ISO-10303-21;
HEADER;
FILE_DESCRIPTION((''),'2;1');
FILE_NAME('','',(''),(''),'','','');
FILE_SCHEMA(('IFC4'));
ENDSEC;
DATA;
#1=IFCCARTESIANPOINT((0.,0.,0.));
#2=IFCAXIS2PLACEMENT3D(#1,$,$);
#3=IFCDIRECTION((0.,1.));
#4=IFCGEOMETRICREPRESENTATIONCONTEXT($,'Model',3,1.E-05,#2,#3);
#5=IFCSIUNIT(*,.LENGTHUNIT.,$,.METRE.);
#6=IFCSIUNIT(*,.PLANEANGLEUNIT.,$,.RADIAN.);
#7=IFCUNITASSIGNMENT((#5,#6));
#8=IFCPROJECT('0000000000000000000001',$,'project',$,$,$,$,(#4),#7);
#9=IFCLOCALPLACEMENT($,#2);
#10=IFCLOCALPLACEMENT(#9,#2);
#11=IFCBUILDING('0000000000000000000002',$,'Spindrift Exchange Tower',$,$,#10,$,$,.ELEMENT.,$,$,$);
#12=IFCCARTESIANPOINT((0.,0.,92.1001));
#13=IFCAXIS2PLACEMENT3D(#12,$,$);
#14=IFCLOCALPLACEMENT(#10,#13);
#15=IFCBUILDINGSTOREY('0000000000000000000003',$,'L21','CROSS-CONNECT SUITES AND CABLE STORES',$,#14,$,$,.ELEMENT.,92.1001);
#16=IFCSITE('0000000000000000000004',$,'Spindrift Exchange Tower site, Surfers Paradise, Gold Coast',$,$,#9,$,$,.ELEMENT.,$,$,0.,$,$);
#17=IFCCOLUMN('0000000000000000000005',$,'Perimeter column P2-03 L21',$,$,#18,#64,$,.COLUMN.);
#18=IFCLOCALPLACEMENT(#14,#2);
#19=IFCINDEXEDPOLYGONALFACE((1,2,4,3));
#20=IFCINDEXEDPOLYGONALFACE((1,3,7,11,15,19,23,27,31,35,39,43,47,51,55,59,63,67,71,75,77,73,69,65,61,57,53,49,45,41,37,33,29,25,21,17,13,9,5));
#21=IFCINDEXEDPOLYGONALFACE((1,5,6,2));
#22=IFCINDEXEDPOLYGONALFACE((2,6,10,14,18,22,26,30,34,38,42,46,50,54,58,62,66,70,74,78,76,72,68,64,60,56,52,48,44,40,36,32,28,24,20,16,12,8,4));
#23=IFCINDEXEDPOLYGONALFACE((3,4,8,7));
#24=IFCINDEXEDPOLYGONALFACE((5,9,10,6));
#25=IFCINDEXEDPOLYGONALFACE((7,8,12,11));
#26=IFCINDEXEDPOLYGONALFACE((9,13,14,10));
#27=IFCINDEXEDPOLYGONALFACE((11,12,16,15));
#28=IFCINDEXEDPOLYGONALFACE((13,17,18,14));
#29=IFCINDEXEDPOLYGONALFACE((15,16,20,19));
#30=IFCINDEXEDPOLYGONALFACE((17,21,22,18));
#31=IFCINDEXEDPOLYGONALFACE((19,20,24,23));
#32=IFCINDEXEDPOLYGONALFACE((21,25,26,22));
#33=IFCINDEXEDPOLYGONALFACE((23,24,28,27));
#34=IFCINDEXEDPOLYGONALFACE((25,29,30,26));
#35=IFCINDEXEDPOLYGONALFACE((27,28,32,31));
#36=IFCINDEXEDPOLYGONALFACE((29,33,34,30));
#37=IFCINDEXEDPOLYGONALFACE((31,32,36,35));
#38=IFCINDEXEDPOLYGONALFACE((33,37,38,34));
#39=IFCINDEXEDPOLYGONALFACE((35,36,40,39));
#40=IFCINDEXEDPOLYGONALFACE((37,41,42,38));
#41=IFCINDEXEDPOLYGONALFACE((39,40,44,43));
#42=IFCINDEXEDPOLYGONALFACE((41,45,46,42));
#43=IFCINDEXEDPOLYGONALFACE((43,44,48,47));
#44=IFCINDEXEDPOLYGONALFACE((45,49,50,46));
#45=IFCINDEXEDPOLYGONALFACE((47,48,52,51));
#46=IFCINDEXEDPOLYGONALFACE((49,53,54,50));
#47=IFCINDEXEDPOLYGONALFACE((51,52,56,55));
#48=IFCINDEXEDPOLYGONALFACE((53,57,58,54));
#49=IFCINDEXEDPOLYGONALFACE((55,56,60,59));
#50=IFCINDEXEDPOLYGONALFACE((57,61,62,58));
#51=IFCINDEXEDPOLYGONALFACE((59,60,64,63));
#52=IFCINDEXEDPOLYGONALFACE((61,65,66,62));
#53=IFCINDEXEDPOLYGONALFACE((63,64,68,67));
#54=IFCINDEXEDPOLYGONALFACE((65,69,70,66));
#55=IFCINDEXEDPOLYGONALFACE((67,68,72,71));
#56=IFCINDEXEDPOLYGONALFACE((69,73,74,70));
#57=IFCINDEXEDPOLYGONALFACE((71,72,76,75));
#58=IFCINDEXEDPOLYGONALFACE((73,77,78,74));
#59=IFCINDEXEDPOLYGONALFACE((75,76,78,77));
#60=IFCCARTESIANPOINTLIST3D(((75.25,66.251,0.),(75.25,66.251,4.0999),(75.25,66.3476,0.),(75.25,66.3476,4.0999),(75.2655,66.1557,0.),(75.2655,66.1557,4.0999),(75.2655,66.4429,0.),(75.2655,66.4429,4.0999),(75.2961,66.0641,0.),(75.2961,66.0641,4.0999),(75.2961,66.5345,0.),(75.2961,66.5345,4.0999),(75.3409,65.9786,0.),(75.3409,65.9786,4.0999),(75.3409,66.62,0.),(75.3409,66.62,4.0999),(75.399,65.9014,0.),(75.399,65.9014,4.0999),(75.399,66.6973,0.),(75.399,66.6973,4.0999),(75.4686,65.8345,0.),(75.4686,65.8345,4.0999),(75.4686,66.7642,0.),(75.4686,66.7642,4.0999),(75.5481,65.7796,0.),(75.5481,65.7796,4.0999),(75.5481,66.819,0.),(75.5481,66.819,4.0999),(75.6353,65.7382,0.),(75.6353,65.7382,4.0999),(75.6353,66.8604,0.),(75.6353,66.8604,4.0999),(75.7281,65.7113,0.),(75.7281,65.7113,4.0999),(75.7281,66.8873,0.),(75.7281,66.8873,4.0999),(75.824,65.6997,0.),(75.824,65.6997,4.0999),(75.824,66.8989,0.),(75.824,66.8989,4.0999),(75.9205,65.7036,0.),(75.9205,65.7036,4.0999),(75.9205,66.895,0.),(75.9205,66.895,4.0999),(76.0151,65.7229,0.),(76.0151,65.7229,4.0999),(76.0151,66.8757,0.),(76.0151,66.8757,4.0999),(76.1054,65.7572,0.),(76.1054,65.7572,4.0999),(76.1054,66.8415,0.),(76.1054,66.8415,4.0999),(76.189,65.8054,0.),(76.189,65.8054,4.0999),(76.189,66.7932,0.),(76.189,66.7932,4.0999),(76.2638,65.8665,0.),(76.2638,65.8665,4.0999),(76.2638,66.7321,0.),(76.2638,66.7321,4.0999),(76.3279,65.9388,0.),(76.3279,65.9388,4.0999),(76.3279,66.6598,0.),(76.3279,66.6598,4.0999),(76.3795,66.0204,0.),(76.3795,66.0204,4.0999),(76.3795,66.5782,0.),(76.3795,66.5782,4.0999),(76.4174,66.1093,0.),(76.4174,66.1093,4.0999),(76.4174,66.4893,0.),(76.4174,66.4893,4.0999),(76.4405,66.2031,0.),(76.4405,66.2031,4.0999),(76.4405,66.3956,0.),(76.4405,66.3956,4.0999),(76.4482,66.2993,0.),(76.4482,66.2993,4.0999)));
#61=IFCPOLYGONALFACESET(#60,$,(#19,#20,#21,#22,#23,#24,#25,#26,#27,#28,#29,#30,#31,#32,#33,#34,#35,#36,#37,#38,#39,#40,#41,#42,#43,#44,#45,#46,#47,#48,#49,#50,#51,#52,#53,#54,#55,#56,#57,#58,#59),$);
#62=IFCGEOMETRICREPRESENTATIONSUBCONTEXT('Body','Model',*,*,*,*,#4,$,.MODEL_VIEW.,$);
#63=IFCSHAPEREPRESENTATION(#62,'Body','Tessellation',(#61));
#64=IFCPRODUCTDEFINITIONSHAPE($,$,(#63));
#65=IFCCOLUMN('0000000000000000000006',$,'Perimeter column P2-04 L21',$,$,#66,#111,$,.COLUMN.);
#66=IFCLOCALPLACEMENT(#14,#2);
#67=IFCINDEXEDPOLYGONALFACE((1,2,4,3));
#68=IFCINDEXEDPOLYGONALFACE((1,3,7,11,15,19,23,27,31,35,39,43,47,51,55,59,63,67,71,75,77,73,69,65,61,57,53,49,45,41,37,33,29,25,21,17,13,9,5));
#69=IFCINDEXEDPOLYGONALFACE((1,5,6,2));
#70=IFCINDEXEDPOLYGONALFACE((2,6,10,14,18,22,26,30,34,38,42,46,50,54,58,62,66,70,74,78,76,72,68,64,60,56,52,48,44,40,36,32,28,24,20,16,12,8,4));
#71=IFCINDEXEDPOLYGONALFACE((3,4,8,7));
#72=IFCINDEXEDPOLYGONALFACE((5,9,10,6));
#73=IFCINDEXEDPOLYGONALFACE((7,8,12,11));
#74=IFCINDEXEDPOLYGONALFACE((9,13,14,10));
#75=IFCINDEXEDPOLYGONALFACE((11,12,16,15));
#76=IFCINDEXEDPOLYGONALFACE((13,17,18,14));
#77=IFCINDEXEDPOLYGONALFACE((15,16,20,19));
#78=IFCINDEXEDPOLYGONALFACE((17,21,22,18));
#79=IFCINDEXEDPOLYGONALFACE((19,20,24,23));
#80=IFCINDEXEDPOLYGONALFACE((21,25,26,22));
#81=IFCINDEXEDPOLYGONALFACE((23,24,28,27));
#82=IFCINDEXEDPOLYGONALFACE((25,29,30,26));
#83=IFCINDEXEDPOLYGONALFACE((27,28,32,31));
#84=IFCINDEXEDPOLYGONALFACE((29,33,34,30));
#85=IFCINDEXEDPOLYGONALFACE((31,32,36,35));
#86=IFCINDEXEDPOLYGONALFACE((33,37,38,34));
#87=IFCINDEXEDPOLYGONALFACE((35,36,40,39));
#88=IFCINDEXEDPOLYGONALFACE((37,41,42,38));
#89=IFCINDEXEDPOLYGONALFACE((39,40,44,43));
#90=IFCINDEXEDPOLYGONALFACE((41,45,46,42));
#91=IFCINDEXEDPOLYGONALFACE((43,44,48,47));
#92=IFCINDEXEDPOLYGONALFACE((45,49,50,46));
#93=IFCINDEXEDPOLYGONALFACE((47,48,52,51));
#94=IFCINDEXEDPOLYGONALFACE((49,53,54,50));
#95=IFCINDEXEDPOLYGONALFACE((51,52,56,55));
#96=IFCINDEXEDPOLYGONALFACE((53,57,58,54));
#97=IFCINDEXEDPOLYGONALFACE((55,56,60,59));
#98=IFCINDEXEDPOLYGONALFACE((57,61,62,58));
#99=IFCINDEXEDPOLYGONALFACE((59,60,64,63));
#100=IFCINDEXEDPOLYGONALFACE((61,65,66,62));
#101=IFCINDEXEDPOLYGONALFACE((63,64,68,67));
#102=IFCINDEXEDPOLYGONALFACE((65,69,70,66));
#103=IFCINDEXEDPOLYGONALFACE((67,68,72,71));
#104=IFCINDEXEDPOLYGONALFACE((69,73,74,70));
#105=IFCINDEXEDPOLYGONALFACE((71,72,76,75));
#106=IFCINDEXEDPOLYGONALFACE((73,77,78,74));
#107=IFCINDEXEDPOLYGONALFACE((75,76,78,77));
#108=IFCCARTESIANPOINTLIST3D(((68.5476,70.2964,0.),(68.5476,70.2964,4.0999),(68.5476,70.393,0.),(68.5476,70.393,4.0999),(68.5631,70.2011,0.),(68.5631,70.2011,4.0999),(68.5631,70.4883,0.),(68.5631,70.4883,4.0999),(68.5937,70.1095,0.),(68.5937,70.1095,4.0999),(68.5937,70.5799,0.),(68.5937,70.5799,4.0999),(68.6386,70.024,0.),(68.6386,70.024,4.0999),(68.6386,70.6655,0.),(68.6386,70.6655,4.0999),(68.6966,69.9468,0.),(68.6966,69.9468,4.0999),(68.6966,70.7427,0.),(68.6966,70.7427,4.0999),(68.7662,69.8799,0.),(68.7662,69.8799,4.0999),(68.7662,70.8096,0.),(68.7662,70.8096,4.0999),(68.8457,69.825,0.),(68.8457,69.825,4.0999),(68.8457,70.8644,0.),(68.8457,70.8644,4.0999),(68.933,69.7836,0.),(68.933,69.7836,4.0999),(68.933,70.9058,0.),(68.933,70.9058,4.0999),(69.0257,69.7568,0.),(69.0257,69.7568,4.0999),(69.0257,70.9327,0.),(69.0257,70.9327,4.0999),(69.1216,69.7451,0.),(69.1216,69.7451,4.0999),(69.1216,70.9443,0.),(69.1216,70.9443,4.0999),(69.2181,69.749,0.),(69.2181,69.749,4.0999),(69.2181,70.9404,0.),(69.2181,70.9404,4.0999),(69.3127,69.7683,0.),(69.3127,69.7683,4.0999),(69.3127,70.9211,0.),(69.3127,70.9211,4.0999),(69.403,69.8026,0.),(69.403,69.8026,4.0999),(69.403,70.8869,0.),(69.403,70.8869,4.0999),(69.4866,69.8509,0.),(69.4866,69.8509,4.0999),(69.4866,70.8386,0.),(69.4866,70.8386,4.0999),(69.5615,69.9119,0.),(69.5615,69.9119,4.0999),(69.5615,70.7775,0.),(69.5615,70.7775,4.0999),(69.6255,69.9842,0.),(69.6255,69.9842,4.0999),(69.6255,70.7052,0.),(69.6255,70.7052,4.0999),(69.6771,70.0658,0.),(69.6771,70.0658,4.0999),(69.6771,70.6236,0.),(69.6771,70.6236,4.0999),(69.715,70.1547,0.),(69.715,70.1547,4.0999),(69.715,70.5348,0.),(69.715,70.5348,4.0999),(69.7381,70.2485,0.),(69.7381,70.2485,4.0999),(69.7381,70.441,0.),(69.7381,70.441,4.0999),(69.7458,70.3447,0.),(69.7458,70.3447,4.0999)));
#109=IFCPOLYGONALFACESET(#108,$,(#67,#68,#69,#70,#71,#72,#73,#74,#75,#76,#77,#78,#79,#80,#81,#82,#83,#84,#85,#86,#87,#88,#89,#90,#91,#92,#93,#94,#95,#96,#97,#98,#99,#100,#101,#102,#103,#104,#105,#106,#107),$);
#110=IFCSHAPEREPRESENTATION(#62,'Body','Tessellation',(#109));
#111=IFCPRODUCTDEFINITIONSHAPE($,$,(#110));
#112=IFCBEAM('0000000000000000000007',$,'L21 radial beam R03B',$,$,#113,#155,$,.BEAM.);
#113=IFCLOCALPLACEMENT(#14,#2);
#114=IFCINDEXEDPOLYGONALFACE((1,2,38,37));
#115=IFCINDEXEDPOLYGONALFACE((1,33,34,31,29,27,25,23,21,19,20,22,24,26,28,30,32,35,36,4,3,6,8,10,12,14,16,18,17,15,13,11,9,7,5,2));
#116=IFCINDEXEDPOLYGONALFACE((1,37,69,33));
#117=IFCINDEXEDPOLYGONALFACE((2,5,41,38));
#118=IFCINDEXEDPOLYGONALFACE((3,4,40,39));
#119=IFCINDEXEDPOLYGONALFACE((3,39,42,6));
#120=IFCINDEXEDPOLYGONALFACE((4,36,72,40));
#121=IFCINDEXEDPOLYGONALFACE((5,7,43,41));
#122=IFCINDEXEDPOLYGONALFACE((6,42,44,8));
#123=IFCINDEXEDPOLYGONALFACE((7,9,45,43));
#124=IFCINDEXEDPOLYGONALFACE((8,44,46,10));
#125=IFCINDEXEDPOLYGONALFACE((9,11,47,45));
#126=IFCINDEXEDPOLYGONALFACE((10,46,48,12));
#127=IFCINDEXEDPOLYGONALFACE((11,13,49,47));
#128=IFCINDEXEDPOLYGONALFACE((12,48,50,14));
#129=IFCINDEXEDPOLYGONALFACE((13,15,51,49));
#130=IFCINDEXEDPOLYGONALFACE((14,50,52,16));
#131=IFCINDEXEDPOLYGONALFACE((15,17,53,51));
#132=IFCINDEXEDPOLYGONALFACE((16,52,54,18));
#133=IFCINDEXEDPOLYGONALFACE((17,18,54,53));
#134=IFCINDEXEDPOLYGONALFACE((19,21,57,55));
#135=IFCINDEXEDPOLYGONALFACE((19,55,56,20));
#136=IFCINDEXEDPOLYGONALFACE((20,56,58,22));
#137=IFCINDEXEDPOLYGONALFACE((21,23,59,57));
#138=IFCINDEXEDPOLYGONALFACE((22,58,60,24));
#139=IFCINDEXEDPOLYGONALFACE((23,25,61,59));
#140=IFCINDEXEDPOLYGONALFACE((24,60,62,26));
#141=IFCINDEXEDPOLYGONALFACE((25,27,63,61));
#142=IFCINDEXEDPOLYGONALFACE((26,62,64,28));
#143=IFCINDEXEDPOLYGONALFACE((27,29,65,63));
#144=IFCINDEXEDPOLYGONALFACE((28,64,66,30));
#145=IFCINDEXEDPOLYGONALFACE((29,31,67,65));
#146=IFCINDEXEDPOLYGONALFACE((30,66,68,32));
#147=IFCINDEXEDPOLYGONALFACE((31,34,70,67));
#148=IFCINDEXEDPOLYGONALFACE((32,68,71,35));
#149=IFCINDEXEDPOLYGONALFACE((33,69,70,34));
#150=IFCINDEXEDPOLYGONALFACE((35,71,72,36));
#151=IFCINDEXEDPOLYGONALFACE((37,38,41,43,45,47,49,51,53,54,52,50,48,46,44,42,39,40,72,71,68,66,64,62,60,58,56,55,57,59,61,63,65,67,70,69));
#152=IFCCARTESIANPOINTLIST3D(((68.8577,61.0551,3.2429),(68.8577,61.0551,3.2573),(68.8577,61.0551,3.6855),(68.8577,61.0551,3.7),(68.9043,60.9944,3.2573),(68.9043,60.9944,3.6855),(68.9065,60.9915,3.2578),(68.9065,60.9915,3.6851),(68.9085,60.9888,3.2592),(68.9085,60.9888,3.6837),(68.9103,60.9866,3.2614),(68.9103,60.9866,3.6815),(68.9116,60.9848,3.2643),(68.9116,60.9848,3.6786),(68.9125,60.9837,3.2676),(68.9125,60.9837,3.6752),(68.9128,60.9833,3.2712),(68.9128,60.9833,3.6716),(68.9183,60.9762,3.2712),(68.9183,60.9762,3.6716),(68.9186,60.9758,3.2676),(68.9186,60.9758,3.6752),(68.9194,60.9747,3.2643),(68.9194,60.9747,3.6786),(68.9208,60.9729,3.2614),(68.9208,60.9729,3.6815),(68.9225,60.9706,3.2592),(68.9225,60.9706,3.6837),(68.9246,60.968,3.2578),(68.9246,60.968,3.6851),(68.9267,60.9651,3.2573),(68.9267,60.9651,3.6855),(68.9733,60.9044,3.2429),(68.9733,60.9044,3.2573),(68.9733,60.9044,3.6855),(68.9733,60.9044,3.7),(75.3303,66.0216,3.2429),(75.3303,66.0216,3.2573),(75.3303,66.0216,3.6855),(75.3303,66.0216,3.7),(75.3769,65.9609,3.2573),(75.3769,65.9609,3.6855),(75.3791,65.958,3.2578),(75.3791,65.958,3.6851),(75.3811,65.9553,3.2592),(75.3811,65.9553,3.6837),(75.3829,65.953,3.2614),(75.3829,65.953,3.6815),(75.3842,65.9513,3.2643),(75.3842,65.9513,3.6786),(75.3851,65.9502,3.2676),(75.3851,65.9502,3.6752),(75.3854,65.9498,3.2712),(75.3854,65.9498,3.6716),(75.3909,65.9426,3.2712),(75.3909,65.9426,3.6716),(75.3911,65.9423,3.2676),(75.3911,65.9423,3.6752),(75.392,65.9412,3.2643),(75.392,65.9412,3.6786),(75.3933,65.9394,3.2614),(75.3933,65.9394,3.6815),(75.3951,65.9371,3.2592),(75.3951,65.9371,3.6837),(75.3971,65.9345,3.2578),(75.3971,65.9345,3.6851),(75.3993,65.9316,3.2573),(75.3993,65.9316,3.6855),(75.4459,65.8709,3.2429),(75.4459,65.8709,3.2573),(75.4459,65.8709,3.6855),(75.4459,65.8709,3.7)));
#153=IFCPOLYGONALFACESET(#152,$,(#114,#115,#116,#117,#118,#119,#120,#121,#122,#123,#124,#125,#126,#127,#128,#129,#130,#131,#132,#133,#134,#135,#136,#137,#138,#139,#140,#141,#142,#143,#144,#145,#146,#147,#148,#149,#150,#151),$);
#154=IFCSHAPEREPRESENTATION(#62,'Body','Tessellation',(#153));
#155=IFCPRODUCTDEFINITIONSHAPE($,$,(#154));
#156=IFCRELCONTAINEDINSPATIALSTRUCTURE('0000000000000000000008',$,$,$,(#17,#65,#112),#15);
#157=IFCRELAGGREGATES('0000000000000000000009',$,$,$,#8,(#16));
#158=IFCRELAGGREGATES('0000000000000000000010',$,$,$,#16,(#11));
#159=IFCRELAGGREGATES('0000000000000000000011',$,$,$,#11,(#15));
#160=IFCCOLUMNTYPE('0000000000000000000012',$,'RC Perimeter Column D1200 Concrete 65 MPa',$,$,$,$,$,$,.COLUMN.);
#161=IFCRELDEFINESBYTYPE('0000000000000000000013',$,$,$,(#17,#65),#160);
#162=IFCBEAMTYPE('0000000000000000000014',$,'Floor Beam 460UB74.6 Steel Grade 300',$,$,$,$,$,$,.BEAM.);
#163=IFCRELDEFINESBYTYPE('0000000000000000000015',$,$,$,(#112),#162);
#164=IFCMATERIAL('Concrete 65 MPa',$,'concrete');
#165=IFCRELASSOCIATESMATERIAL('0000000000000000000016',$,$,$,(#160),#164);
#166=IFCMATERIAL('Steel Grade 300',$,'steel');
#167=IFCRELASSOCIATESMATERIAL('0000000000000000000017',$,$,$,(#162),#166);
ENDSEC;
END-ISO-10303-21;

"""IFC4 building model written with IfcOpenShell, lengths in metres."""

from ifc_helpers import new_model, si_unit, direction, frame, origin, origin_2d, place, context, subcontext, project, spatial, circle, i_section, extrude, source, transform, mapped, material, material_profile, profile_set, type_object, element, save


model = new_model("IFC4")

# Units and contexts
model_context = context("Model", 3, precision=1e-05, world=origin(), true_north=direction((0.0, 1.0)))
body_context = subcontext(model_context, "Body", "Model", "MODEL_VIEW")
ifc_project = project(units=[si_unit("LENGTHUNIT", "METRE"), si_unit("PLANEANGLEUNIT", "RADIAN")], contexts=[model_context])

# Site, building, storey
site_placement = place(None, origin())
site = spatial("IfcSite", under=ifc_project, at=site_placement, Name="Spindrift Exchange Tower site, Surfers Paradise, Gold Coast", CompositionType="ELEMENT", RefElevation=0.0)
building_placement = place(site_placement, origin())
building = spatial("IfcBuilding", under=site, at=building_placement, Name="Spindrift Exchange Tower", CompositionType="ELEMENT")
storey_placement = place(building_placement, frame((0.0, 0.0, 92.1001)))
storey = spatial("IfcBuildingStorey", under=building, at=storey_placement, Name="L21", Description="CROSS-CONNECT SUITES AND CABLE STORES", CompositionType="ELEMENT", Elevation=92.1001)

# Columns
ifc_material_1 = material(Name="Concrete 65 MPa", Category="concrete")
ifc_material_profile_1 = material_profile(ifc_material_1, circle(Radius=0.6001, at=origin_2d()), Name="RC D1200")
ifc_profile_set_1 = profile_set([ifc_material_profile_1], Name="Concrete 65 MPa")
column_type = type_object("IfcColumnType", Name="RC Perimeter Column D1200 Concrete 65 MPa", PredefinedType="COLUMN", material=ifc_profile_set_1)
shared_shape_1 = source(origin(), body_context, "Body", "SweptSolid", [
    extrude(circle(Radius=0.6001, at=origin_2d()), origin(), (0.0, 0.0, 1.0), 4.0999),
])
for number, where, z_axis, x_axis, name in (
    (1, (75.8481, 66.2993, 0.0), (0.0, 0.0, 1.0), (1.0, 0.0, 0.0), "Perimeter column P2-03 L21"),
    (2, (69.1458, 70.3447, 0.0), (0.0, 0.0, 1.0), (1.0, 0.0, 0.0), "Perimeter column P2-04 L21"),
):
    element("IfcColumn", number, at=place(storey_placement, frame(where, z_axis=z_axis, x_axis=x_axis)), inside=storey, type_object=column_type, Name=name, PredefinedType="COLUMN", context=body_context, shape_type="MappedRepresentation", body=[
        mapped(shared_shape_1, transform((0.0, 0.0, 0.0), scale=1.0)),
    ])

# Beam
ifc_material_2 = material(Name="Steel Grade 300", Category="steel")
ifc_material_profile_2 = material_profile(ifc_material_2, i_section(OverallWidth=0.1899, OverallDepth=0.457, WebThickness=0.009, FlangeThickness=0.0144, FilletRadius=0.0139, at=origin_2d()), Name="460UB74.6")
ifc_profile_set_2 = profile_set([ifc_material_profile_2], Name="Steel Grade 300")
beam_type_1 = type_object("IfcBeamType", Name="Floor Beam 460UB74.6 Steel Grade 300", PredefinedType="BEAM", material=ifc_profile_set_2)
shared_shape_2 = source(origin(), body_context, "Body", "SweptSolid", [
    extrude(i_section(OverallWidth=0.1899, OverallDepth=0.457, WebThickness=0.009, FlangeThickness=0.0144, FilletRadius=0.0139, at=origin_2d()), origin(), (0.0, 0.0, 1.0), 8.1584),
])
beam_1_placement = place(storey_placement, frame((68.9155, 60.9797, 3.4714), z_axis=(0.793359, 0.608754, 0.0), x_axis=(-0.608754, 0.793359, 0.0)))
element("IfcBeam", 3, at=beam_1_placement, inside=storey, type_object=beam_type_1, Name="L21 radial beam R03B", PredefinedType="BEAM", context=body_context, shape_type="MappedRepresentation", body=[
    mapped(shared_shape_2, transform((0.0, 0.0, 0.0), scale=1.0)),
])

save(model, "model.ifc")
